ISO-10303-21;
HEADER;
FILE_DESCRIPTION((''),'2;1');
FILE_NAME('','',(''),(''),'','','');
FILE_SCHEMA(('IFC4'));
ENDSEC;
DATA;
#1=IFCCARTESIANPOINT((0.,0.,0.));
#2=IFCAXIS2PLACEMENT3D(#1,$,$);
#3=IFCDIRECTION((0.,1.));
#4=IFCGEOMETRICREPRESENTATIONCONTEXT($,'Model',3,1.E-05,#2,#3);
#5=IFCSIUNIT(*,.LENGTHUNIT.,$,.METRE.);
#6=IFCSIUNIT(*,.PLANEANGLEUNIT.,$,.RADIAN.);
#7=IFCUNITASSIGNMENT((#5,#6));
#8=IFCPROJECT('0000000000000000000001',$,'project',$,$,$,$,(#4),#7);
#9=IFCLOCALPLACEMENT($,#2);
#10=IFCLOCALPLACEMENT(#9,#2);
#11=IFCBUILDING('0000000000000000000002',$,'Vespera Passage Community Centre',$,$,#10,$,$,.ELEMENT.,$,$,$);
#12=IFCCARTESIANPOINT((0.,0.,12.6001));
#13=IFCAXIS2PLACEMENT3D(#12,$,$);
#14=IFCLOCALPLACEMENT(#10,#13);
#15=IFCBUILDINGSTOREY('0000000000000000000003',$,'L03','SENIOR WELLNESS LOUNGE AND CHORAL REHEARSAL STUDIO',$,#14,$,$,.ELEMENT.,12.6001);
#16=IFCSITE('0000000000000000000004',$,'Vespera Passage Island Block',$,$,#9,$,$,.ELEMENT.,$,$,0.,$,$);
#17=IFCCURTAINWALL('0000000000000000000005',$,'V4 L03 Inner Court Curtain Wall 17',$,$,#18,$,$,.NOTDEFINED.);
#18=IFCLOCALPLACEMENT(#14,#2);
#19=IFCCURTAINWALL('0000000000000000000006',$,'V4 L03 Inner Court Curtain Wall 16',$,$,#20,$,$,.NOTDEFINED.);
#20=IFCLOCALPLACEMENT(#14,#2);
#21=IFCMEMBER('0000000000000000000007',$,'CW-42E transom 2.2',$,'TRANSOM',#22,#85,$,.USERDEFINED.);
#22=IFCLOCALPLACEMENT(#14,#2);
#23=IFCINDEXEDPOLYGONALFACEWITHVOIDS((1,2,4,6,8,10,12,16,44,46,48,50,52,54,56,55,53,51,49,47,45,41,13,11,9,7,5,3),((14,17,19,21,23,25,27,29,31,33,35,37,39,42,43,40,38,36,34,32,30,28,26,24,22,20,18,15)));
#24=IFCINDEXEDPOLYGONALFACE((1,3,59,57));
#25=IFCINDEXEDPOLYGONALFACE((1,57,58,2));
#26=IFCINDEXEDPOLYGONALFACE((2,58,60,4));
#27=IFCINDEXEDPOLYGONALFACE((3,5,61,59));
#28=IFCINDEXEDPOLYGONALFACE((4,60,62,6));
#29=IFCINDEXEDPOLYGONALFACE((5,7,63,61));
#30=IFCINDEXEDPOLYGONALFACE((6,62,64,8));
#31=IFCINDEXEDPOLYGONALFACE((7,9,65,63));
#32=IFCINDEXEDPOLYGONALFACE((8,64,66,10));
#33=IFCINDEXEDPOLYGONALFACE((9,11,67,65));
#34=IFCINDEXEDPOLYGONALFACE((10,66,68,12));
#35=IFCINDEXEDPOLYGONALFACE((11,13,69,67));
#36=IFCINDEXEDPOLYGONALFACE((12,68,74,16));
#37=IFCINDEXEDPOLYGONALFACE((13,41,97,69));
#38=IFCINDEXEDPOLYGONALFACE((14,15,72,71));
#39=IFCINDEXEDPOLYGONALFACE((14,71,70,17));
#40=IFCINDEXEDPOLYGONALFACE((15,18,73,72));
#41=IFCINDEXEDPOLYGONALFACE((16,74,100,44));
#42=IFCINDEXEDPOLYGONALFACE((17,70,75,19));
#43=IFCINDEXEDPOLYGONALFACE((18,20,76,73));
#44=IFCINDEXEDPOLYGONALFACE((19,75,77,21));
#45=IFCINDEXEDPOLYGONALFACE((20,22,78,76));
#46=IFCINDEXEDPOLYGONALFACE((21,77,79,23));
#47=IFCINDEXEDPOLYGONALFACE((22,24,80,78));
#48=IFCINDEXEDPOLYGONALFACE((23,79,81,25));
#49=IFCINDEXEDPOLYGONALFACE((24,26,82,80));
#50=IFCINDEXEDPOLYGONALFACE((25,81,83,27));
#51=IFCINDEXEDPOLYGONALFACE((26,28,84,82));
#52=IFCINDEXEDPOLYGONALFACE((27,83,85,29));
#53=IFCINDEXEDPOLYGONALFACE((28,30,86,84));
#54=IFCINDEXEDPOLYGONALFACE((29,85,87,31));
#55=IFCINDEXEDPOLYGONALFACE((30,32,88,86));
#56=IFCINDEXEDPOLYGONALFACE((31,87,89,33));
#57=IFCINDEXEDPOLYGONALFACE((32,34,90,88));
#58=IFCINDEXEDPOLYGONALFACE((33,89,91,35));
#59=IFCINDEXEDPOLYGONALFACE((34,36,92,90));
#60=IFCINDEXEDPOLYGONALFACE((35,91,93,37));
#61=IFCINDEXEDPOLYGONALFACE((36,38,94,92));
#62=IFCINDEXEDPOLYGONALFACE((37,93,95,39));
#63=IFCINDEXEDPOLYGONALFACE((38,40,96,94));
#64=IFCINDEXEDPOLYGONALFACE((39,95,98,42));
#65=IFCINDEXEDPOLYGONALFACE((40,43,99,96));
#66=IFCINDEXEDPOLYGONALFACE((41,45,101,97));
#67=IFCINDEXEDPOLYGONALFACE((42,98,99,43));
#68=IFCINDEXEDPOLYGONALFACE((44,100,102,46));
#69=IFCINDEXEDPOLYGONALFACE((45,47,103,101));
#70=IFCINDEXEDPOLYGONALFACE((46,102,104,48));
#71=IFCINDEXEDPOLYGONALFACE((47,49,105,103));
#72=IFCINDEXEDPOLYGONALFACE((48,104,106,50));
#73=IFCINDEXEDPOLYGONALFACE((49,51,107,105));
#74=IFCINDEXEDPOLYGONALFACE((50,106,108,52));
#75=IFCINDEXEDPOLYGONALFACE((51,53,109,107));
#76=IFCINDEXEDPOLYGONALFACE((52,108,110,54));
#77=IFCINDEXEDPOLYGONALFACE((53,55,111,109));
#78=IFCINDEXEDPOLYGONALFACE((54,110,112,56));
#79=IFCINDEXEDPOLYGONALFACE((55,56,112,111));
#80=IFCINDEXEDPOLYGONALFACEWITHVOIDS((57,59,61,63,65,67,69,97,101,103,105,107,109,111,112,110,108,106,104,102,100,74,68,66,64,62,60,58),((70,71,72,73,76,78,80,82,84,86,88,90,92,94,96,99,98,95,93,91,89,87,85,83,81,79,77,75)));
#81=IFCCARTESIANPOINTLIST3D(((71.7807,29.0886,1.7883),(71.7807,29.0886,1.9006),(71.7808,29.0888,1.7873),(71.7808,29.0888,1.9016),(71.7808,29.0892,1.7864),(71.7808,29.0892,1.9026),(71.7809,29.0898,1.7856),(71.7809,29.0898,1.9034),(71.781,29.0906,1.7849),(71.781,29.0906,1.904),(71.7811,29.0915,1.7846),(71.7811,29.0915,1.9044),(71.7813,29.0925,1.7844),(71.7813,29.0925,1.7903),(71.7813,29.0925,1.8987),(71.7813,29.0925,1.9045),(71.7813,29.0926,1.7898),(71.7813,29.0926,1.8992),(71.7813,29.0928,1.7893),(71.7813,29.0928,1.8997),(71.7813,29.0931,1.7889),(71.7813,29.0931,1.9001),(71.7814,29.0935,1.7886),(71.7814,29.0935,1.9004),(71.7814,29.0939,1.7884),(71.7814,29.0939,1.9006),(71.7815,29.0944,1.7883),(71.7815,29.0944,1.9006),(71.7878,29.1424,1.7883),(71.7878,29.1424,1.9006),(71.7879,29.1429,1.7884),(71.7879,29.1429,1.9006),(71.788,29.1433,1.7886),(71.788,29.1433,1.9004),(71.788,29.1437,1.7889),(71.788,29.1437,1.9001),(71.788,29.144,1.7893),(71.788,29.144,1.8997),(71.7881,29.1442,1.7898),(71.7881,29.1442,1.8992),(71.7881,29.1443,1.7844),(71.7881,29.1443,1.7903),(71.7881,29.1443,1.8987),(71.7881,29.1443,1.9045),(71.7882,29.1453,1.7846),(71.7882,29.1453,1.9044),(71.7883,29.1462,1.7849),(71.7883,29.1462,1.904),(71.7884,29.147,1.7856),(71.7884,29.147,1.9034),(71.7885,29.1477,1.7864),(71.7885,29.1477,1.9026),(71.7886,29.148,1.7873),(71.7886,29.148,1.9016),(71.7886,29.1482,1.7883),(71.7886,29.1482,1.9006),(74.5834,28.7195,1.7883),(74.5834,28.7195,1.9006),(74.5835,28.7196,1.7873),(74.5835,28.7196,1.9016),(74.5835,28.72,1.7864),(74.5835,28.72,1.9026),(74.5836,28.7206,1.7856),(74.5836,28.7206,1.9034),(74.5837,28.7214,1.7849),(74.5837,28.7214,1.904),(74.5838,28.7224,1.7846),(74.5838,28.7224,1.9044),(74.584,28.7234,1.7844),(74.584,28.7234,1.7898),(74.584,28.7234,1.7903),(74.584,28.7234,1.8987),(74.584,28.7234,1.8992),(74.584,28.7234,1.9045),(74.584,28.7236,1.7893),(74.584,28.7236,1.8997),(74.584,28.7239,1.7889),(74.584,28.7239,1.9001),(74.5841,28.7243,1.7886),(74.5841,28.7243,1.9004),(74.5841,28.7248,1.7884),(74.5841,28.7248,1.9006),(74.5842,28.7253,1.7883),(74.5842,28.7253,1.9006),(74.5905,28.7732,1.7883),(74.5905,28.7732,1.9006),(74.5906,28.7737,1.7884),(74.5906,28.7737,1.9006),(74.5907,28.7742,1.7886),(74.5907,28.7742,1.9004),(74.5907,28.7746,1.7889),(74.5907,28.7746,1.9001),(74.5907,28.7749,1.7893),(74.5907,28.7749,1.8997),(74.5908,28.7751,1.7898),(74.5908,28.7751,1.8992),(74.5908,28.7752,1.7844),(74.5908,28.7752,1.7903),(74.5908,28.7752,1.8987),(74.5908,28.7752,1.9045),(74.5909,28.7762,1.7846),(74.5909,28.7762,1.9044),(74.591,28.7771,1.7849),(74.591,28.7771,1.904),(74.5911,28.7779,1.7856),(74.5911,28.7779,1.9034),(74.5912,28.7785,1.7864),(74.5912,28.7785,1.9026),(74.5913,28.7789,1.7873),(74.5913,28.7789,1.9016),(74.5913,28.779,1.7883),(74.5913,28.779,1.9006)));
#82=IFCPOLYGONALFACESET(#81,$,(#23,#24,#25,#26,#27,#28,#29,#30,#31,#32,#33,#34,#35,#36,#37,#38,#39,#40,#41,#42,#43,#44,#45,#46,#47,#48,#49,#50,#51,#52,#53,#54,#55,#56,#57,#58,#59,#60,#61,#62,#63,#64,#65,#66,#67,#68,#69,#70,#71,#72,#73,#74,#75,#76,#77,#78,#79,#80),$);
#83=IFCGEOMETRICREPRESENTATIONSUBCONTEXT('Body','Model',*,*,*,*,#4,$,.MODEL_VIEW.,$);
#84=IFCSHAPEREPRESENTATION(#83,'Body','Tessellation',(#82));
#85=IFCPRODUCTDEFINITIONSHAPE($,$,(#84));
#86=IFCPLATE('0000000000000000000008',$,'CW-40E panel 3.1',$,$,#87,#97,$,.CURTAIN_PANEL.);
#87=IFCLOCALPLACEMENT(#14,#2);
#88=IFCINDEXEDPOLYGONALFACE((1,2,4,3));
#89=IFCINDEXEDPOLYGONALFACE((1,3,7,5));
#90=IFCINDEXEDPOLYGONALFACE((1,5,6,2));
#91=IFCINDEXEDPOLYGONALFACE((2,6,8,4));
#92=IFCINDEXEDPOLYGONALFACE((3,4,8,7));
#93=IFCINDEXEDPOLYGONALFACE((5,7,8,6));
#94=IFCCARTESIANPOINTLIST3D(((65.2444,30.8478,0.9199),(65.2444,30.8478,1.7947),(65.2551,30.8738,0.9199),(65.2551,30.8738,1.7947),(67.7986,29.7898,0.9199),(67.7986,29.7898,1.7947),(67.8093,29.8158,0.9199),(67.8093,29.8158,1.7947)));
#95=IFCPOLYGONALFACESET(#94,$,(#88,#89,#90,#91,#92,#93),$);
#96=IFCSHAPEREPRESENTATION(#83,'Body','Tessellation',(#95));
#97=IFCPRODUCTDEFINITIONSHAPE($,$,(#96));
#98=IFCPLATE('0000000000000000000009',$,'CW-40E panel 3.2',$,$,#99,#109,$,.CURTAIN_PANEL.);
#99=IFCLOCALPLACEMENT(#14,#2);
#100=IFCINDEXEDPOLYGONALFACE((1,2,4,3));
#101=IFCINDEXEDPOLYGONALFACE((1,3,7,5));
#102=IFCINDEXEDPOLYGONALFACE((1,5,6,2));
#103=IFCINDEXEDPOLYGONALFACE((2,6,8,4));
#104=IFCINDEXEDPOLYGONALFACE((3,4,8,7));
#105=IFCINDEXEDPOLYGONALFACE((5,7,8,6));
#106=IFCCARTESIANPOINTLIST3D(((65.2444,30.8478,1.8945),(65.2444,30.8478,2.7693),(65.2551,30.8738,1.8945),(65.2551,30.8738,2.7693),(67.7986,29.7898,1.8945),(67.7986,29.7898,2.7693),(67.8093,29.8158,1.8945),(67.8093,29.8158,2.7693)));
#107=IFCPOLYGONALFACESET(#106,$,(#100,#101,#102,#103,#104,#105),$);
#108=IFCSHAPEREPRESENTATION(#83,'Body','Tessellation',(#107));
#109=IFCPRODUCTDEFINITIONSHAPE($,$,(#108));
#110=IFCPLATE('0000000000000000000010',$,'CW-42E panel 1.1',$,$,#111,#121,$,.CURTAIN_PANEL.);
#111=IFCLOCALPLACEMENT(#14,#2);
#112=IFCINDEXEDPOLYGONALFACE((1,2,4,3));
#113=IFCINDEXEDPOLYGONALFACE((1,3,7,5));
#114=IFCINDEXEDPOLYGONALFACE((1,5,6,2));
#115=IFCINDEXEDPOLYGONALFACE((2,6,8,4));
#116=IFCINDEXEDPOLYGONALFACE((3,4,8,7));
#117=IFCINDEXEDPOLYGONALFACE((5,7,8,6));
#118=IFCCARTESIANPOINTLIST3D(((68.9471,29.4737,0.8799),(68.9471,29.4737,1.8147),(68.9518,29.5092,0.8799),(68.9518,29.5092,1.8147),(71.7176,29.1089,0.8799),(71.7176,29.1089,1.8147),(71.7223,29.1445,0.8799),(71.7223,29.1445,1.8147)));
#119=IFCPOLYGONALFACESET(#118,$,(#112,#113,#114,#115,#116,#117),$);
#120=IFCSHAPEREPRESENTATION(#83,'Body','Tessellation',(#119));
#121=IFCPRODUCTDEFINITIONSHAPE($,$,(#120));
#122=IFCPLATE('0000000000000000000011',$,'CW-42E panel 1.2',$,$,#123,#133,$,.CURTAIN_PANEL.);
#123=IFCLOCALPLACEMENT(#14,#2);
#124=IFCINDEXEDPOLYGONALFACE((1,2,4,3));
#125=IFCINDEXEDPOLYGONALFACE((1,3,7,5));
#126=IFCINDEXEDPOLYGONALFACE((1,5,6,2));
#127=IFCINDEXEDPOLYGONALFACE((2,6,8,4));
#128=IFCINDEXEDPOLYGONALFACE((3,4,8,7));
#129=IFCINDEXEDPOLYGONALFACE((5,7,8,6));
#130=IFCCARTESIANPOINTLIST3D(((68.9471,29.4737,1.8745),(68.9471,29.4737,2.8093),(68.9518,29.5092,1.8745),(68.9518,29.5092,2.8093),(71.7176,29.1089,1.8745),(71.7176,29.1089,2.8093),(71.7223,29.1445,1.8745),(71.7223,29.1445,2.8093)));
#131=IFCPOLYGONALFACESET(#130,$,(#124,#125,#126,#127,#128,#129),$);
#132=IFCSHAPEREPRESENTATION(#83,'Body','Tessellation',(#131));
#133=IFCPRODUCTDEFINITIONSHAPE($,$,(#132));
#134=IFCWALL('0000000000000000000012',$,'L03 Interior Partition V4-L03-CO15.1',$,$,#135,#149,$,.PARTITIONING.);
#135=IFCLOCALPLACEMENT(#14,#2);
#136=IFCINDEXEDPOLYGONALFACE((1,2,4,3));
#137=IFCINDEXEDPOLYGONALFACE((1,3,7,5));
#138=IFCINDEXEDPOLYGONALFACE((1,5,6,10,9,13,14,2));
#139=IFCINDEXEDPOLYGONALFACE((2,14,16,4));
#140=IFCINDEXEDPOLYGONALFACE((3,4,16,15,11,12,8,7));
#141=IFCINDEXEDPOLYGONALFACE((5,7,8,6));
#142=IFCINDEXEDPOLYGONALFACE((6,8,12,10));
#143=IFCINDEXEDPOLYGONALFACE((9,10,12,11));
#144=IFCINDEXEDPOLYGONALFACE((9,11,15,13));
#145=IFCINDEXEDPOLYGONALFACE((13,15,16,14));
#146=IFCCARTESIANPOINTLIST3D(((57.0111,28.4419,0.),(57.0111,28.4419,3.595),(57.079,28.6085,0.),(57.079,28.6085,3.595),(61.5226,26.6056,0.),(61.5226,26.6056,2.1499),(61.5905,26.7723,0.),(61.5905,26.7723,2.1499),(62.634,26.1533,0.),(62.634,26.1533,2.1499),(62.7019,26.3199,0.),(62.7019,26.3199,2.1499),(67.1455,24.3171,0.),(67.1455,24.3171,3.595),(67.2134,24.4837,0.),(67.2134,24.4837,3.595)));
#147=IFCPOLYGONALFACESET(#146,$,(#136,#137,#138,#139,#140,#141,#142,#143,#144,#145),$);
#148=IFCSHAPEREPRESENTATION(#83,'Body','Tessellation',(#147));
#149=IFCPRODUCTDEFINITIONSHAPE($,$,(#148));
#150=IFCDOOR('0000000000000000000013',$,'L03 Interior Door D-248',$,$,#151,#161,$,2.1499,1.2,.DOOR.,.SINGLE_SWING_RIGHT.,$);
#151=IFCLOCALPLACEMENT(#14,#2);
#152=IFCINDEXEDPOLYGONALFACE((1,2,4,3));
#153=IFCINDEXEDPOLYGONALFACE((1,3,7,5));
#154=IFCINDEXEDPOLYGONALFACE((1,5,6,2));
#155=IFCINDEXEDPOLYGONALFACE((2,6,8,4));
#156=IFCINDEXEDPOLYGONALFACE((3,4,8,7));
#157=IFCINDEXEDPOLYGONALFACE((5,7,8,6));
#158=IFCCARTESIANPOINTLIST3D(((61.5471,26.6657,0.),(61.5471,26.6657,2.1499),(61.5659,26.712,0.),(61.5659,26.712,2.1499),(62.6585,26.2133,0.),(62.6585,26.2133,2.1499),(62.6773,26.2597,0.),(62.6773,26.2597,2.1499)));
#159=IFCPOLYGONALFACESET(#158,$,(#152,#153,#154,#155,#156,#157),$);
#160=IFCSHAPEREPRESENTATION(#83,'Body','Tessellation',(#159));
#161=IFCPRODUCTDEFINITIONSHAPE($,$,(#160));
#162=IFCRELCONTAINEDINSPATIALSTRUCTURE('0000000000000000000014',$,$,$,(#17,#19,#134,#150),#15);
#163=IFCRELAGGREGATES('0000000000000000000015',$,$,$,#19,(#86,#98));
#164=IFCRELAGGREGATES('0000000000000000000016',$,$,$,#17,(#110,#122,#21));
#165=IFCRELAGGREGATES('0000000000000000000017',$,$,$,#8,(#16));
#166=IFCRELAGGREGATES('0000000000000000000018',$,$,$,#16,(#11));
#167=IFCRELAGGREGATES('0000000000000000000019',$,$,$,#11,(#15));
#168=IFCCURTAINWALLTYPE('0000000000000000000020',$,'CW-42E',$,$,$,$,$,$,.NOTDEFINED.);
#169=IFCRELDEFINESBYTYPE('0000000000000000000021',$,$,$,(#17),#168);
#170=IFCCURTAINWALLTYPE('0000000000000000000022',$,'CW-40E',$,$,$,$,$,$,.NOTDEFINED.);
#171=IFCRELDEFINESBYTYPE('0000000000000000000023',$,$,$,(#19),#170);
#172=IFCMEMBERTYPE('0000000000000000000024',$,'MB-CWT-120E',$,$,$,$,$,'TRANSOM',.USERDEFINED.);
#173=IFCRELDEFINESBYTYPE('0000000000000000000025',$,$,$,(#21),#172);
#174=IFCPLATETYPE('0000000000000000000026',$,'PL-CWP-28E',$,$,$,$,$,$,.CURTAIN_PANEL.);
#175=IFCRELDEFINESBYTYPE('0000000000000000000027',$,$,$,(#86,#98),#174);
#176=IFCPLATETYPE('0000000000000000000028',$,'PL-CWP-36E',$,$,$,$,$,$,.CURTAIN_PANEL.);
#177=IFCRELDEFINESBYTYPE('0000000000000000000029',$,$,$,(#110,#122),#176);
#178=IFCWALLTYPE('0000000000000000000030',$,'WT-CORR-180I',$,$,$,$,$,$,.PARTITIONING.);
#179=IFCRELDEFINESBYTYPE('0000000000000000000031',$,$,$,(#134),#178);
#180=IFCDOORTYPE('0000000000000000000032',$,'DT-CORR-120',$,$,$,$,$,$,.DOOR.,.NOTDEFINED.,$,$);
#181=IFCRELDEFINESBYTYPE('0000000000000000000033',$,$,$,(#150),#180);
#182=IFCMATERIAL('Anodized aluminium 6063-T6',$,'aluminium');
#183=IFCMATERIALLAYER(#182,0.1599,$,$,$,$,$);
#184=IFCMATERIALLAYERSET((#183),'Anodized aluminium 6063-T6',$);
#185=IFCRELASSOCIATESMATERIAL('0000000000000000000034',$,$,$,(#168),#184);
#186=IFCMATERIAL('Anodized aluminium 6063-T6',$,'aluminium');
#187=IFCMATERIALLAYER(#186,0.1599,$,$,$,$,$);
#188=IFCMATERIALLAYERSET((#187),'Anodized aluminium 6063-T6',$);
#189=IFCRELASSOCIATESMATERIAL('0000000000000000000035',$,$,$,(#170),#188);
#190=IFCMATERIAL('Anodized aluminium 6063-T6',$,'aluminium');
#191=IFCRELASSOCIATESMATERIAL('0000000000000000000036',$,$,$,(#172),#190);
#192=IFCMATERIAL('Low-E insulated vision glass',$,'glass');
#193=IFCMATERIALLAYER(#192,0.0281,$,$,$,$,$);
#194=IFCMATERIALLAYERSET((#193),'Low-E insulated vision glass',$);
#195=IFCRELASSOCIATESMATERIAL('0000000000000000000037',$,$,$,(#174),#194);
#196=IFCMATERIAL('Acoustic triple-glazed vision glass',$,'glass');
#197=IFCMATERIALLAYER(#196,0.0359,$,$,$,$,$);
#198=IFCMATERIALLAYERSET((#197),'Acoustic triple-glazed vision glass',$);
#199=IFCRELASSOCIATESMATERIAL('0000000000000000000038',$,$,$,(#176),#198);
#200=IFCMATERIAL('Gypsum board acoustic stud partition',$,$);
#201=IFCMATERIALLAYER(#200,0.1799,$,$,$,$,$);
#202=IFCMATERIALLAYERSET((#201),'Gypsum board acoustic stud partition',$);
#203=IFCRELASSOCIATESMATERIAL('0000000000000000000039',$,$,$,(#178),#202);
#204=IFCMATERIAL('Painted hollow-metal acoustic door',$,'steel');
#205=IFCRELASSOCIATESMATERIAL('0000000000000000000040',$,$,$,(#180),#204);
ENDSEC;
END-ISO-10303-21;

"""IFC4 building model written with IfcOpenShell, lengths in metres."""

from ifc_helpers import new_model, si_unit, direction, frame, frame_2d, origin, origin_2d, place, context, subcontext, project, spatial, rectangle, hollow_rectangle, extrude, material, layer, layer_set, material_profile, profile_set, type_object, element, fill, aggregate, save


model = new_model("IFC4")

# Units and contexts
model_context = context("Model", 3, precision=1e-05, world=origin(), true_north=direction((0.0, 1.0)))
body_context = subcontext(model_context, "Body", "Model", "MODEL_VIEW")
ifc_project = project(units=[si_unit("LENGTHUNIT", "METRE"), si_unit("PLANEANGLEUNIT", "RADIAN")], contexts=[model_context])

# Site, building, storey
site_placement = place(None, origin())
site = spatial("IfcSite", under=ifc_project, at=site_placement, Name="Vespera Passage Island Block", CompositionType="ELEMENT", RefElevation=0.0)
building_placement = place(site_placement, origin())
building = spatial("IfcBuilding", under=site, at=building_placement, Name="Vespera Passage Community Centre", CompositionType="ELEMENT")
storey_placement = place(building_placement, frame((0.0, 0.0, 12.6001)))
storey = spatial("IfcBuildingStorey", under=building, at=storey_placement, Name="L03", Description="SENIOR WELLNESS LOUNGE AND CHORAL REHEARSAL STUDIO", CompositionType="ELEMENT", Elevation=12.6001)

# Curtain walls
ifc_material_1 = material(Name="Anodized aluminium 6063-T6", Category="aluminium")
ifc_layer_1 = layer(ifc_material_1, 0.1599)
ifc_layer_set_1 = layer_set([ifc_layer_1], Name="Anodized aluminium 6063-T6")
curtain_wall_type_1 = type_object("IfcCurtainWallType", Name="CW-42E", PredefinedType="NOTDEFINED", material=ifc_layer_set_1)
curtain_wall_1_placement = place(storey_placement, origin())
curtain_wall_1 = element("IfcCurtainWall", 1, at=curtain_wall_1_placement, inside=storey, type_object=curtain_wall_type_1, Name="V4 L03 Inner Court Curtain Wall 17", PredefinedType="NOTDEFINED")
ifc_material_2 = material(Name="Anodized aluminium 6063-T6", Category="aluminium")
ifc_layer_2 = layer(ifc_material_2, 0.1599)
ifc_layer_set_2 = layer_set([ifc_layer_2], Name="Anodized aluminium 6063-T6")
curtain_wall_type_2 = type_object("IfcCurtainWallType", Name="CW-40E", PredefinedType="NOTDEFINED", material=ifc_layer_set_2)
curtain_wall_2_placement = place(storey_placement, origin())
curtain_wall_2 = element("IfcCurtainWall", 2, at=curtain_wall_2_placement, inside=storey, type_object=curtain_wall_type_2, Name="V4 L03 Inner Court Curtain Wall 16", PredefinedType="NOTDEFINED")

# Member
ifc_material_3 = material(Name="Anodized aluminium 6063-T6", Category="aluminium")
ifc_material_profile_1 = material_profile(ifc_material_3, hollow_rectangle(XDim=0.0601, YDim=0.1201, WallThickness=0.0039, InnerFilletRadius=0.002, OuterFilletRadius=0.0039, at=origin_2d()), Name="ALU120X60X4")
ifc_profile_set_1 = profile_set([ifc_material_profile_1], Name="Anodized aluminium 6063-T6")
member_type_1 = type_object("IfcMemberType", Name="MB-CWT-120E", ElementType="TRANSOM", PredefinedType="USERDEFINED", material=ifc_profile_set_1)
member_1_placement = place(storey_placement, frame((71.7847, 29.1184, 1.8445), z_axis=(0.991438, -0.13058, 0.0), x_axis=(0.13058, 0.991438, 0.0)))
member_1 = element("IfcMember", 3, at=member_1_placement, type_object=member_type_1, Name="CW-42E transom 2.2", ObjectType="TRANSOM", PredefinedType="USERDEFINED", context=body_context, shape_type="SweptSolid", body=[
    extrude(hollow_rectangle(XDim=0.0601, YDim=0.1201, WallThickness=0.0039, InnerFilletRadius=0.002, OuterFilletRadius=0.0039, at=origin_2d()), origin(), (0.0, 0.0, 1.0), 2.8269),
])

# Plates
ifc_material_4 = material(Name="Low-E insulated vision glass", Category="glass")
ifc_layer_3 = layer(ifc_material_4, 0.0281)
ifc_layer_set_3 = layer_set([ifc_layer_3], Name="Low-E insulated vision glass")
plate_type_1 = type_object("IfcPlateType", Name="PL-CWP-28E", PredefinedType="CURTAIN_PANEL", material=ifc_layer_set_3)
plate_1_placement = place(storey_placement, frame((66.5269, 30.3318, 0.9199), z_axis=(0.0, 0.0, 1.0), x_axis=(0.923877, -0.38269, 0.0)))
plate_1 = element("IfcPlate", 4, at=plate_1_placement, type_object=plate_type_1, Name="CW-40E panel 3.1", PredefinedType="CURTAIN_PANEL", context=body_context, shape_type="SweptSolid", body=[
    extrude(rectangle(XDim=2.7646, YDim=0.0281, at=origin_2d()), origin(), (0.0, 0.0, 1.0), 0.8748),
])
plate_2_placement = place(storey_placement, frame((66.5269, 30.3318, 1.8945), z_axis=(0.0, 0.0, 1.0), x_axis=(0.923877, -0.38269, 0.0)))
plate_2 = element("IfcPlate", 5, at=plate_2_placement, type_object=plate_type_1, Name="CW-40E panel 3.2", PredefinedType="CURTAIN_PANEL", context=body_context, shape_type="SweptSolid", body=[
    extrude(rectangle(XDim=2.7646, YDim=0.0281, at=origin_2d()), origin(), (0.0, 0.0, 1.0), 0.8748),
])
aggregate(curtain_wall_2, [plate_1, plate_2])
ifc_material_5 = material(Name="Acoustic triple-glazed vision glass", Category="glass")
ifc_layer_4 = layer(ifc_material_5, 0.0359)
ifc_layer_set_4 = layer_set([ifc_layer_4], Name="Acoustic triple-glazed vision glass")
plate_type_2 = type_object("IfcPlateType", Name="PL-CWP-36E", PredefinedType="CURTAIN_PANEL", material=ifc_layer_set_4)
plate_3_placement = place(storey_placement, frame((70.3347, 29.3091, 0.8799), z_axis=(0.0, 0.0, 1.0), x_axis=(0.991445, -0.130522, 0.0)))
plate_3 = element("IfcPlate", 6, at=plate_3_placement, type_object=plate_type_2, Name="CW-42E panel 1.1", PredefinedType="CURTAIN_PANEL", context=body_context, shape_type="SweptSolid", body=[
    extrude(rectangle(XDim=2.7944, YDim=0.0359, at=origin_2d()), origin(), (0.0, 0.0, 1.0), 0.9348),
])
plate_4_placement = place(storey_placement, frame((70.3347, 29.3091, 1.8745), z_axis=(0.0, 0.0, 1.0), x_axis=(0.991445, -0.130522, 0.0)))
plate_4 = element("IfcPlate", 7, at=plate_4_placement, type_object=plate_type_2, Name="CW-42E panel 1.2", PredefinedType="CURTAIN_PANEL", context=body_context, shape_type="SweptSolid", body=[
    extrude(rectangle(XDim=2.7944, YDim=0.0359, at=origin_2d()), origin(), (0.0, 0.0, 1.0), 0.9348),
])
aggregate(curtain_wall_1, [plate_3, plate_4, member_1])

# Wall, opening, door
ifc_material_6 = material(Name="Gypsum board acoustic stud partition")
ifc_layer_5 = layer(ifc_material_6, 0.1799)
ifc_layer_set_5 = layer_set([ifc_layer_5], Name="Gypsum board acoustic stud partition")
wall_type_1 = type_object("IfcWallType", Name="WT-CORR-180I", PredefinedType="PARTITIONING", material=ifc_layer_set_5)
wall_1_placement = place(storey_placement, frame((57.0452, 28.5251, 0.0), z_axis=(0.0, 0.0, 1.0), x_axis=(0.926221, -0.376981, 0.0)))
wall_1 = element("IfcWall", 8, at=wall_1_placement, inside=storey, type_object=wall_type_1, Name="L03 Interior Partition V4-L03-CO15.1", PredefinedType="PARTITIONING", context=body_context, shape_type="SweptSolid", body=[
    extrude(rectangle(XDim=10.9417, YDim=0.1799, at=frame_2d((5.4707, 0.0))), origin(), (0.0, 0.0, 1.0), 3.595),
])
opening_1_placement = place(wall_1_placement, frame((4.8706, 0.0, 0.0)))
opening_1 = element("IfcOpeningElement", 9, at=opening_1_placement, cuts=wall_1, PredefinedType="OPENING", context=body_context, shape_type="SweptSolid", body=[
    extrude(rectangle(XDim=1.2, YDim=2.1499, at=frame_2d((0.6001, 1.075))), frame((0.0, 0.0999, 0.0), z_axis=(0.0, -1.0, 0.0), x_axis=(1.0, 0.0, 0.0)), (0.0, 0.0, 1.0), 0.2),
])
ifc_material_7 = material(Name="Painted hollow-metal acoustic door", Category="steel")
door_type_1 = type_object("IfcDoorType", Name="DT-CORR-120", OperationType="NOTDEFINED", PredefinedType="DOOR", material=ifc_material_7)
door_1_placement = place(opening_1_placement, origin())
door_1 = element("IfcDoor", 10, at=door_1_placement, inside=storey, type_object=door_type_1, Name="L03 Interior Door D-248", OperationType="SINGLE_SWING_RIGHT", OverallHeight=2.1499, OverallWidth=1.2, PredefinedType="DOOR", context=body_context, shape_type="SweptSolid", body=[
    extrude(rectangle(XDim=1.2, YDim=2.1499, at=frame_2d((0.6001, 1.075))), frame((0.0, 0.0249, 0.0), z_axis=(0.0, -1.0, 0.0), x_axis=(1.0, 0.0, 0.0)), (0.0, 0.0, 1.0), 0.05),
])
fill(opening_1, door_1)

save(model, "model.ifc")
